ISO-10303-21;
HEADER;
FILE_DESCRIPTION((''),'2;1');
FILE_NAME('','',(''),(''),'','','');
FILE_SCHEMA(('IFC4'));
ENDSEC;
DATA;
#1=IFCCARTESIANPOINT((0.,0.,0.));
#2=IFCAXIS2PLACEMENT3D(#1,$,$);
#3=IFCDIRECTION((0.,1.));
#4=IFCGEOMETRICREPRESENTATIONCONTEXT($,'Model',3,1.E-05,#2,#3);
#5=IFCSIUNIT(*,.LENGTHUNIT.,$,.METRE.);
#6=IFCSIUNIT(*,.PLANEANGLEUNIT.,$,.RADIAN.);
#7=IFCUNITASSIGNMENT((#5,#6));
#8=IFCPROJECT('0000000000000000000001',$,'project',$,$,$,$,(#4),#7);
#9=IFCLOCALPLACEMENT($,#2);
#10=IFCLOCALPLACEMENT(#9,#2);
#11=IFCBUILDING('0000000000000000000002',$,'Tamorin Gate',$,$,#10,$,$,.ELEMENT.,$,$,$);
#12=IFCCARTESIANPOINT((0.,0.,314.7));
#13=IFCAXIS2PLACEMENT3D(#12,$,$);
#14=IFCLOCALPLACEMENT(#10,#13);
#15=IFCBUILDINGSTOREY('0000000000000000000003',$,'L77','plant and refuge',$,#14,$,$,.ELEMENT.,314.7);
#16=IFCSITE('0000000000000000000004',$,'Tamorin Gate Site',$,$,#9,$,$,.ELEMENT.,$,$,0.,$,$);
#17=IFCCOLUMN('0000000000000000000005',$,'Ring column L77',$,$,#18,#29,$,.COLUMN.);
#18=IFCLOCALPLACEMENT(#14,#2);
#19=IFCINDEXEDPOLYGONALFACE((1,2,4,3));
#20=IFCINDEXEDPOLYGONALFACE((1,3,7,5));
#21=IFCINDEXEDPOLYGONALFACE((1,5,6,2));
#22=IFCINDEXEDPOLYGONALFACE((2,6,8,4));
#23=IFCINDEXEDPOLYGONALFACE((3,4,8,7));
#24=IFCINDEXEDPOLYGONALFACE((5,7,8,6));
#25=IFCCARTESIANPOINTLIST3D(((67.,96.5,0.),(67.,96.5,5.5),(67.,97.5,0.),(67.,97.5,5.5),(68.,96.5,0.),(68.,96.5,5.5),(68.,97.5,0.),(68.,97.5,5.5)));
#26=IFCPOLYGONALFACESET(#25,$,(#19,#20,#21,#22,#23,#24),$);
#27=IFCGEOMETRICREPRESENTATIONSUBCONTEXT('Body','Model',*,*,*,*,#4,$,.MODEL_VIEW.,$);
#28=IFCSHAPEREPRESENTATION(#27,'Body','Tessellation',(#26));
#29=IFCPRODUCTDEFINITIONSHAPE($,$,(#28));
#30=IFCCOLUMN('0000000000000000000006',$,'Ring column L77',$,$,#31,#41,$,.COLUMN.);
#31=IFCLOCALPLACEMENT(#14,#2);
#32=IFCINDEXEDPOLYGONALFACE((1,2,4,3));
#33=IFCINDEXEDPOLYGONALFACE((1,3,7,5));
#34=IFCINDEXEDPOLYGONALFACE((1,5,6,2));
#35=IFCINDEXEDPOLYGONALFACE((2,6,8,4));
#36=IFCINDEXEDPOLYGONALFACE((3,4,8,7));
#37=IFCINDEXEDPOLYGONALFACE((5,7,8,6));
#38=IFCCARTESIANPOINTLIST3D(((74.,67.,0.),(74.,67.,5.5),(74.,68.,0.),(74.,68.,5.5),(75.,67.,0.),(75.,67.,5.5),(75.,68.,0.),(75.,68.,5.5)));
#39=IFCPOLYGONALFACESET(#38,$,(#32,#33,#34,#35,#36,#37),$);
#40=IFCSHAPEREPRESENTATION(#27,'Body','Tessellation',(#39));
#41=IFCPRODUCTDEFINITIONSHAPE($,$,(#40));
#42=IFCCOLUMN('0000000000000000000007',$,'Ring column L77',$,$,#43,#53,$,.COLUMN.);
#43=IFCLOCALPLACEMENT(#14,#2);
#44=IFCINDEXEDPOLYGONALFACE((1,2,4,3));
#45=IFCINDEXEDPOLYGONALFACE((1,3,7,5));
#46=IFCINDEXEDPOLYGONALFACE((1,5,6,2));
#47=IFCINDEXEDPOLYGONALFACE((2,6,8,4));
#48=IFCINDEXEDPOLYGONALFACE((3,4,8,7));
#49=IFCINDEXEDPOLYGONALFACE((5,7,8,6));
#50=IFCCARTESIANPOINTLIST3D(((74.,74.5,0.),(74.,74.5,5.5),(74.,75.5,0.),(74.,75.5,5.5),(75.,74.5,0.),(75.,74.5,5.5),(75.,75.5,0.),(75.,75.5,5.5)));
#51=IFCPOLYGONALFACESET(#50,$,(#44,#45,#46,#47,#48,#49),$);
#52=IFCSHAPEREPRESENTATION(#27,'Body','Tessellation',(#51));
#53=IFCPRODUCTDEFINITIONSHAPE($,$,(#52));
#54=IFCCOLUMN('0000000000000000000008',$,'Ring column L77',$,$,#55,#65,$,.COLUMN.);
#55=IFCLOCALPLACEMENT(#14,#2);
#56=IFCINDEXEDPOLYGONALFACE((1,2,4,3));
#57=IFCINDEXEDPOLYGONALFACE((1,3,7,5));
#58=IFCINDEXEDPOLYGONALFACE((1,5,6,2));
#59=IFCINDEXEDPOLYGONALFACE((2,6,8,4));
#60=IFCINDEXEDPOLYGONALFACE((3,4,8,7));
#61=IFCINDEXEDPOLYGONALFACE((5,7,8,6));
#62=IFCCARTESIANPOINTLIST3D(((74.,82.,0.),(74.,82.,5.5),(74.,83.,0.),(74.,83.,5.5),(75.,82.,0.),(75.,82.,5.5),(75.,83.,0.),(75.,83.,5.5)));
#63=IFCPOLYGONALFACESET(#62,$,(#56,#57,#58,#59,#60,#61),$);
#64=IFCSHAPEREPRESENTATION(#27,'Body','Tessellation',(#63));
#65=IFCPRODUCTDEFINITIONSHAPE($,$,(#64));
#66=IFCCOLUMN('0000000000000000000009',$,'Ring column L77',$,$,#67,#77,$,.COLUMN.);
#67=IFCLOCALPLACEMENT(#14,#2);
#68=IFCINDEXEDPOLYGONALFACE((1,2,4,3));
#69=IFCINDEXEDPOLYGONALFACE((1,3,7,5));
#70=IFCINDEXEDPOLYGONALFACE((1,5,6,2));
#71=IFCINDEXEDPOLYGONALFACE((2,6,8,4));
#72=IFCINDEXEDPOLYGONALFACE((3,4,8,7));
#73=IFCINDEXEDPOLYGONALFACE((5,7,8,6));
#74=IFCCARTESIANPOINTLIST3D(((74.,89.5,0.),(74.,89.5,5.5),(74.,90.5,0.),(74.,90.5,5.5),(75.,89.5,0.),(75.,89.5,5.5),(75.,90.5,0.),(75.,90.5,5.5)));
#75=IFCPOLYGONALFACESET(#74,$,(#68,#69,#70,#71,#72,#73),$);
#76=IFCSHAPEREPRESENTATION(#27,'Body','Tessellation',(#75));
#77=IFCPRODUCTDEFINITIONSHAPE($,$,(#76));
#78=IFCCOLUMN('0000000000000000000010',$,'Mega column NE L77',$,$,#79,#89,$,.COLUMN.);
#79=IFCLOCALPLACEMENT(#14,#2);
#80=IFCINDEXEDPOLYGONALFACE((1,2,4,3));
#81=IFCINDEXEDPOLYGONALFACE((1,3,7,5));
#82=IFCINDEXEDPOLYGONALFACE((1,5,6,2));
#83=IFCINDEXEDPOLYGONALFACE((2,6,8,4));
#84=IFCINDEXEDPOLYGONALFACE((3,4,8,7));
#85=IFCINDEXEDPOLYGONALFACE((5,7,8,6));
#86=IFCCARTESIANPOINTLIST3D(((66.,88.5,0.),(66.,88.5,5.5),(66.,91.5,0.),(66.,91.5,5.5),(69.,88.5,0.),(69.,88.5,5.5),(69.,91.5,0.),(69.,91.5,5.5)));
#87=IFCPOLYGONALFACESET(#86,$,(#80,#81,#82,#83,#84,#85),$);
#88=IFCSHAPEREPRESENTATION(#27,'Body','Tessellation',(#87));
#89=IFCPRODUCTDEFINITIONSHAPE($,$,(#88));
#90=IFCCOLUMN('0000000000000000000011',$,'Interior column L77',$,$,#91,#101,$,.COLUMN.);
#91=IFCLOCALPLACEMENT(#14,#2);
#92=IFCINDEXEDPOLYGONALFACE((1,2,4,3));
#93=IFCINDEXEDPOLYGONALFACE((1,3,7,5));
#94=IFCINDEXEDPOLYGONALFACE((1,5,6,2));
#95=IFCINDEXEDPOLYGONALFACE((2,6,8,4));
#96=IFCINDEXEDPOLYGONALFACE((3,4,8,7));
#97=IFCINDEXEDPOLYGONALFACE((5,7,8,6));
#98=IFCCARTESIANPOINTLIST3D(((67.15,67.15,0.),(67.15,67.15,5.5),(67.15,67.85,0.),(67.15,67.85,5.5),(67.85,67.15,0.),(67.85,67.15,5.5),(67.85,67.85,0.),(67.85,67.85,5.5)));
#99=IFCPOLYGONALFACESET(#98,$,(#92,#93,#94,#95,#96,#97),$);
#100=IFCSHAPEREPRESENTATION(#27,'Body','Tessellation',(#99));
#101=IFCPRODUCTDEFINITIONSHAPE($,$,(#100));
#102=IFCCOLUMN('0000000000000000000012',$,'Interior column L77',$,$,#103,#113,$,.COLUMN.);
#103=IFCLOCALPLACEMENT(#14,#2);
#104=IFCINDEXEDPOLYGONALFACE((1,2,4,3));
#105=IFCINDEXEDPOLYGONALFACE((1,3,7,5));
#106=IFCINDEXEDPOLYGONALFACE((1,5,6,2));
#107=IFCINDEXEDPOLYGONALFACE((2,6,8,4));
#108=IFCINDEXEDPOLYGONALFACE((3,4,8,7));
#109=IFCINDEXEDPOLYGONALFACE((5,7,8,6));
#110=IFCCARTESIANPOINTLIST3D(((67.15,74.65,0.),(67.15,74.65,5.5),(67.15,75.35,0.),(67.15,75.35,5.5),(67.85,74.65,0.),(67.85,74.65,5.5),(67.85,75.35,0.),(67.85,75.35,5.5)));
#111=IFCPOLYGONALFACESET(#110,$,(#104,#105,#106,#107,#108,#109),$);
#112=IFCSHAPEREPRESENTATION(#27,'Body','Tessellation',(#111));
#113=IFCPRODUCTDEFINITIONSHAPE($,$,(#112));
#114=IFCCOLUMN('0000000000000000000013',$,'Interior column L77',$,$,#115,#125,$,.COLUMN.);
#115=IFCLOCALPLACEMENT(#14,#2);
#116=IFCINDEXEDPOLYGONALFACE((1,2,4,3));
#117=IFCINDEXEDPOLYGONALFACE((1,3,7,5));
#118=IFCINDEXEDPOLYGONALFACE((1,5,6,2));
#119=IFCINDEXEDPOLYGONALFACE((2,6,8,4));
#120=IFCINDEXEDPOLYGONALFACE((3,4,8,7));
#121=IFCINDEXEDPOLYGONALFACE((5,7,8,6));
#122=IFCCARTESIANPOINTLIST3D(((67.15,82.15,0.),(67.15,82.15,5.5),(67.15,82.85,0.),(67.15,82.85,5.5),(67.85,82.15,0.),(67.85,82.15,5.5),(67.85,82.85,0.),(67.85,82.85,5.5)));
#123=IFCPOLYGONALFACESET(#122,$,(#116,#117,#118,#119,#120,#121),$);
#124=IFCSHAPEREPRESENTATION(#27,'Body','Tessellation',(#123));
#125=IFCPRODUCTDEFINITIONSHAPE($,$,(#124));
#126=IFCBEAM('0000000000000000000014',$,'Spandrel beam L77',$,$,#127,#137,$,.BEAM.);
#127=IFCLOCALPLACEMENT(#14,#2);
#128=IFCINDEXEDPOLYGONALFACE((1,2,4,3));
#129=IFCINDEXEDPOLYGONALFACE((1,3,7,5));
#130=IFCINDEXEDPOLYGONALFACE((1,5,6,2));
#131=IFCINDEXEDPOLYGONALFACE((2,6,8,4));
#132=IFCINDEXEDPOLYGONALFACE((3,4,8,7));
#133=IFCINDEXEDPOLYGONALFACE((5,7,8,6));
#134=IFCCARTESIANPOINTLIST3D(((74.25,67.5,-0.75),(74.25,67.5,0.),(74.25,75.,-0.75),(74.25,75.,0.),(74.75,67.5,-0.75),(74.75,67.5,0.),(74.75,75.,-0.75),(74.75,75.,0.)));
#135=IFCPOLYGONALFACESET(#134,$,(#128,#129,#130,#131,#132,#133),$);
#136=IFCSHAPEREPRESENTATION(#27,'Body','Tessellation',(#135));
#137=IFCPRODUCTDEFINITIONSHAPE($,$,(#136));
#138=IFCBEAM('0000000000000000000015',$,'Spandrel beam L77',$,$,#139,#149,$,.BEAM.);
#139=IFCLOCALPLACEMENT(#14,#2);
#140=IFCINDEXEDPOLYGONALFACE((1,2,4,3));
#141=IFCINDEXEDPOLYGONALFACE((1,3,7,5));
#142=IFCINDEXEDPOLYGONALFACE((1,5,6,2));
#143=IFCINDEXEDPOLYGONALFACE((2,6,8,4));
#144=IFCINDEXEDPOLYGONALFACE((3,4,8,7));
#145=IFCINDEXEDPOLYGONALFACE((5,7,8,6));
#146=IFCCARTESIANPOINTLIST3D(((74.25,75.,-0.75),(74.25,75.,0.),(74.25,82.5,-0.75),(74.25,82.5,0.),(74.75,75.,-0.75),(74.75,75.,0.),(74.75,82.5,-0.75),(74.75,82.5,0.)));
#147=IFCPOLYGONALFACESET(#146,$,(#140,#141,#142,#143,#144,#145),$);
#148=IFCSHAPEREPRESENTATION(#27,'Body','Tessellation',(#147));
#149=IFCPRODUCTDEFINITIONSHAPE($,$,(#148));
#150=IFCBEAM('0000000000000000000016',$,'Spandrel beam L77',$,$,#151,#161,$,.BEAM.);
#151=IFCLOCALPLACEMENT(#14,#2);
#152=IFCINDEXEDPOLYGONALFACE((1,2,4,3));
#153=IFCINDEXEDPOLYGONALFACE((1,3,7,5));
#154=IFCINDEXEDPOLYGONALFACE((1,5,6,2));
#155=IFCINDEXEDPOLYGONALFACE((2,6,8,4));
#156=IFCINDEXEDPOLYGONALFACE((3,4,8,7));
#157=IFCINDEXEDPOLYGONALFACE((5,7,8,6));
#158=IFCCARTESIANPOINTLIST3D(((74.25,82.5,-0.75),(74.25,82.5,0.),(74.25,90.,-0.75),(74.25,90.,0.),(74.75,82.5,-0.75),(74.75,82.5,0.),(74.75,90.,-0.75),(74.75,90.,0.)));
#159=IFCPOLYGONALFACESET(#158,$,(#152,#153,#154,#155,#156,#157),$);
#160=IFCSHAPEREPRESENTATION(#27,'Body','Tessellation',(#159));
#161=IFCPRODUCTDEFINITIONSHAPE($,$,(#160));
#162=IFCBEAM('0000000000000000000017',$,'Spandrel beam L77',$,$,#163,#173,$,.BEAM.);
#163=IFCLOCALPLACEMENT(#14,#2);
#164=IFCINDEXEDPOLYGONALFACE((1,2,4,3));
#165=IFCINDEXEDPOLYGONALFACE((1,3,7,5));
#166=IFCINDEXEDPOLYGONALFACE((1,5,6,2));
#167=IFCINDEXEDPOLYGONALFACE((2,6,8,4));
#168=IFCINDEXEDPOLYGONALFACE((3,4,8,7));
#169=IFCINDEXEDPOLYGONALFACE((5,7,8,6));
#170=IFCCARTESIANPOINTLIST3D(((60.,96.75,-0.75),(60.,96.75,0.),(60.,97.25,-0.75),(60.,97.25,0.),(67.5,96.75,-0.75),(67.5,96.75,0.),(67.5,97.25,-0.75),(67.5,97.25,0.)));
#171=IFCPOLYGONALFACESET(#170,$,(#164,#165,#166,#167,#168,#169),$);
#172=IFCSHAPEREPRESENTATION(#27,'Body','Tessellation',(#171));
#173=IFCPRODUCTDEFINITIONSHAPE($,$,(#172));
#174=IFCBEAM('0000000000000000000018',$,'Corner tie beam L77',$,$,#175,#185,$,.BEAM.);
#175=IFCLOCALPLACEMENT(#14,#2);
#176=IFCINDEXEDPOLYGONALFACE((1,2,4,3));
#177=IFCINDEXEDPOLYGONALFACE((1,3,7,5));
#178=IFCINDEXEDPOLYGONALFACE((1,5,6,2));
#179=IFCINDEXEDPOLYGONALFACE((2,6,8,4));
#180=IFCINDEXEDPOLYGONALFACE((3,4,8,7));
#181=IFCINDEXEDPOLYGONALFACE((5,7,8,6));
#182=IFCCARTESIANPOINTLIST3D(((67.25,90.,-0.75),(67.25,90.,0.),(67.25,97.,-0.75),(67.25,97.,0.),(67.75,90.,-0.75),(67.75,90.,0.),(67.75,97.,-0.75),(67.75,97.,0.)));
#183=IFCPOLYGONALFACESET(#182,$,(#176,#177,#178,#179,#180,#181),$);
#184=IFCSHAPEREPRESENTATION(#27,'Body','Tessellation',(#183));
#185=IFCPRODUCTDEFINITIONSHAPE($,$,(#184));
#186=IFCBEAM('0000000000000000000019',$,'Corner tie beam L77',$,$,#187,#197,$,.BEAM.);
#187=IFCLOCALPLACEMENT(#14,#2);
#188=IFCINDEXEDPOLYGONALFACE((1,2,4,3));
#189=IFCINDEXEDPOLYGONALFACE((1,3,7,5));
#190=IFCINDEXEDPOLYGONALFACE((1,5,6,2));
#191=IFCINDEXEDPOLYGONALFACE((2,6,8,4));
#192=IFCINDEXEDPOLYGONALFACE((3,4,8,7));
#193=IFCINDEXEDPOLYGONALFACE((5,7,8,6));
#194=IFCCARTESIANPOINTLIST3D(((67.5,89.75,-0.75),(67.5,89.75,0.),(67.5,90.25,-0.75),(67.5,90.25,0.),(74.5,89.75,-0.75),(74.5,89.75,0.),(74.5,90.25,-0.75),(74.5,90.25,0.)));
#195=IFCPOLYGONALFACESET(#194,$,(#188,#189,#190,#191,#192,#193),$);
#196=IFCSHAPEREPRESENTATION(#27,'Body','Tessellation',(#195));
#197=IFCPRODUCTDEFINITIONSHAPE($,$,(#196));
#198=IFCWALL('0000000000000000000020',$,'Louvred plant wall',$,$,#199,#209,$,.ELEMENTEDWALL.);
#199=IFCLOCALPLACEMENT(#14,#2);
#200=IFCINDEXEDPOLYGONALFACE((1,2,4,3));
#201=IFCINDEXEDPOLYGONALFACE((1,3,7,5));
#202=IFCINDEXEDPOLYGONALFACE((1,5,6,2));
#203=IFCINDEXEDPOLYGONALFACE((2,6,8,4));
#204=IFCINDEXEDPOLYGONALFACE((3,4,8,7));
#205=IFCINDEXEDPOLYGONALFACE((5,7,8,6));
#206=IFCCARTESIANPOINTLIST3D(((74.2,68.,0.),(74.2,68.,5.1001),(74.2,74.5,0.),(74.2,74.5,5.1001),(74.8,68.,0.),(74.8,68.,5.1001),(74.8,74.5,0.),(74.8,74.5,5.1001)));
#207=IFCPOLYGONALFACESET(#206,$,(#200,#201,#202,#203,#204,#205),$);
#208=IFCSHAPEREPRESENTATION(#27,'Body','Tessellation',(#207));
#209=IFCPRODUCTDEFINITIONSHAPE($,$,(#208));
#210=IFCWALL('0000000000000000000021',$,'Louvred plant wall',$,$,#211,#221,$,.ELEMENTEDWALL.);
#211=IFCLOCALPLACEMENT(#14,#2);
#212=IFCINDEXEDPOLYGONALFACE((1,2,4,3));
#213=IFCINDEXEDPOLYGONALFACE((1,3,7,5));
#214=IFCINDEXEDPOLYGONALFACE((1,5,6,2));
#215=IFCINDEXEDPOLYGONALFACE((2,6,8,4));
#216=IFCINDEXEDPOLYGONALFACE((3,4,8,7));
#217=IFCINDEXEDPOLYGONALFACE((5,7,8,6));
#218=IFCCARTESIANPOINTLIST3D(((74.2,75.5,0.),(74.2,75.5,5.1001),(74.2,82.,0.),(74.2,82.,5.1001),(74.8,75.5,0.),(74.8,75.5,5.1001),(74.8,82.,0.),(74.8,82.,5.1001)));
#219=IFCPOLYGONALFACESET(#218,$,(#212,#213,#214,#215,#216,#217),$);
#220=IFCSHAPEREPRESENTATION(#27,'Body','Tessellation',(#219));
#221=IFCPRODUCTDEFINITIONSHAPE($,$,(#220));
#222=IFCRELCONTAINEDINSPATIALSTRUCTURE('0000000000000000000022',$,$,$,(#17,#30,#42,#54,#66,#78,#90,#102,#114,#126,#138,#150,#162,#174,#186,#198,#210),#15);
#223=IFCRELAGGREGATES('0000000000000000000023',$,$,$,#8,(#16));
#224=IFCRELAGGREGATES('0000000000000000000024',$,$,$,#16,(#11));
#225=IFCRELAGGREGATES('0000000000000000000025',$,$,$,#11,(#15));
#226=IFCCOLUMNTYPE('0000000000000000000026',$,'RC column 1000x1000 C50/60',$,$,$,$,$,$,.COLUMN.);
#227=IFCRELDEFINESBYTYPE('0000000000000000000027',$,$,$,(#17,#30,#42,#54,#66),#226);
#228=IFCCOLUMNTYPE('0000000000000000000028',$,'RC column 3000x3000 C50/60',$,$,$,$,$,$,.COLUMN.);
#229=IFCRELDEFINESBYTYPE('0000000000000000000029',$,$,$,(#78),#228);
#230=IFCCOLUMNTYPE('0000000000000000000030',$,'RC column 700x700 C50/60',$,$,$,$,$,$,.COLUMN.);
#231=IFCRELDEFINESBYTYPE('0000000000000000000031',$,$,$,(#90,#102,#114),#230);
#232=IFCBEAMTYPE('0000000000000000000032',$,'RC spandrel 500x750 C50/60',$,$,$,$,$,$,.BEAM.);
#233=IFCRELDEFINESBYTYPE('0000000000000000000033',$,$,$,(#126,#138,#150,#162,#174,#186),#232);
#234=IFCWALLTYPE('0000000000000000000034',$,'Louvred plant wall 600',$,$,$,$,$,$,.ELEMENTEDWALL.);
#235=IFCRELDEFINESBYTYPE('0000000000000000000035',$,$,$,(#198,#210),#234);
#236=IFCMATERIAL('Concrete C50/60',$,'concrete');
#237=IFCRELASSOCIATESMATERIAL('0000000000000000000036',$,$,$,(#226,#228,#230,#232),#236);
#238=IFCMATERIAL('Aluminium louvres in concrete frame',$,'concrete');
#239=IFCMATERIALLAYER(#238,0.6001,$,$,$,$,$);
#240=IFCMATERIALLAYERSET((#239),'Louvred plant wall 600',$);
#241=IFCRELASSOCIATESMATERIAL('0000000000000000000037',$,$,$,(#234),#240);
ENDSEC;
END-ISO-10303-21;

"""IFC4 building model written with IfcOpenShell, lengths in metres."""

from ifc_helpers import new_model, si_unit, direction, frame, frame_2d, origin, origin_2d, place, context, subcontext, project, spatial, rectangle, extrude, material, layer, layer_set, material_profile, profile_set, type_object, element, save


model = new_model("IFC4")

# Units and contexts
model_context = context("Model", 3, precision=1e-05, world=origin(), true_north=direction((0.0, 1.0)))
body_context = subcontext(model_context, "Body", "Model", "MODEL_VIEW")
ifc_project = project(units=[si_unit("LENGTHUNIT", "METRE"), si_unit("PLANEANGLEUNIT", "RADIAN")], contexts=[model_context])

# Site, building, storey
site_placement = place(None, origin())
site = spatial("IfcSite", under=ifc_project, at=site_placement, Name="Tamorin Gate Site", CompositionType="ELEMENT", RefElevation=0.0)
building_placement = place(site_placement, origin())
building = spatial("IfcBuilding", under=site, at=building_placement, Name="Tamorin Gate", CompositionType="ELEMENT")
storey_placement = place(building_placement, frame((0.0, 0.0, 314.7)))
storey = spatial("IfcBuildingStorey", under=building, at=storey_placement, Name="L77", Description="plant and refuge", CompositionType="ELEMENT", Elevation=314.7)

# Columns
ifc_material_1 = material(Name="Concrete C50/60", Category="concrete")
ifc_material_profile_1 = material_profile(ifc_material_1, rectangle(XDim=1.0, YDim=1.0, at=origin_2d()), Name="RC 1000x1000")
ifc_profile_set_1 = profile_set([ifc_material_profile_1], Name="Concrete C50/60")
column_type_1 = type_object("IfcColumnType", Name="RC column 1000x1000 C50/60", PredefinedType="COLUMN", material=ifc_profile_set_1)
for number, where, z_axis, x_axis, name in (
    (1, (67.5, 97.0, 0.0), (0.0, 0.0, 1.0), (1.0, 0.0, 0.0), "Ring column L77"),
    (2, (74.5, 67.5, 0.0), (0.0, 0.0, 1.0), (1.0, 0.0, 0.0), "Ring column L77"),
    (3, (74.5, 75.0, 0.0), (0.0, 0.0, 1.0), (1.0, 0.0, 0.0), "Ring column L77"),
    (4, (74.5, 82.5, 0.0), (0.0, 0.0, 1.0), (1.0, 0.0, 0.0), "Ring column L77"),
    (5, (74.5, 90.0, 0.0), (0.0, 0.0, 1.0), (1.0, 0.0, 0.0), "Ring column L77"),
):
    element("IfcColumn", number, at=place(storey_placement, frame(where, z_axis=z_axis, x_axis=x_axis)), inside=storey, type_object=column_type_1, Name=name, PredefinedType="COLUMN", context=body_context, shape_type="SweptSolid", body=[
        extrude(rectangle(XDim=1.0, YDim=1.0, at=origin_2d()), origin(), (0.0, 0.0, 1.0), 5.5),
    ])
ifc_material_profile_2 = material_profile(ifc_material_1, rectangle(XDim=3.0, YDim=3.0, at=origin_2d()), Name="RC 3000x3000")
ifc_profile_set_2 = profile_set([ifc_material_profile_2], Name="Concrete C50/60")
column_type_2 = type_object("IfcColumnType", Name="RC column 3000x3000 C50/60", PredefinedType="COLUMN", material=ifc_profile_set_2)
column_placement = place(storey_placement, frame((67.5, 90.0, 0.0), z_axis=(0.0, 0.0, 1.0), x_axis=(1.0, 0.0, 0.0)))
element("IfcColumn", 6, at=column_placement, inside=storey, type_object=column_type_2, Name="Mega column NE L77", PredefinedType="COLUMN", context=body_context, shape_type="SweptSolid", body=[
    extrude(rectangle(XDim=3.0, YDim=3.0, at=origin_2d()), origin(), (0.0, 0.0, 1.0), 5.5),
])
ifc_material_profile_3 = material_profile(ifc_material_1, rectangle(XDim=0.7, YDim=0.7, at=origin_2d()), Name="RC 700x700")
ifc_profile_set_3 = profile_set([ifc_material_profile_3], Name="Concrete C50/60")
column_type_3 = type_object("IfcColumnType", Name="RC column 700x700 C50/60", PredefinedType="COLUMN", material=ifc_profile_set_3)
for number, where, z_axis, x_axis, name in (
    (7, (67.5, 67.5, 0.0), (0.0, 0.0, 1.0), (1.0, 0.0, 0.0), "Interior column L77"),
    (8, (67.5, 75.0, 0.0), (0.0, 0.0, 1.0), (1.0, 0.0, 0.0), "Interior column L77"),
    (9, (67.5, 82.5, 0.0), (0.0, 0.0, 1.0), (1.0, 0.0, 0.0), "Interior column L77"),
):
    element("IfcColumn", number, at=place(storey_placement, frame(where, z_axis=z_axis, x_axis=x_axis)), inside=storey, type_object=column_type_3, Name=name, PredefinedType="COLUMN", context=body_context, shape_type="SweptSolid", body=[
        extrude(rectangle(XDim=0.7, YDim=0.7, at=origin_2d()), origin(), (0.0, 0.0, 1.0), 5.5),
    ])

# Beams
ifc_material_profile_4 = material_profile(ifc_material_1, rectangle(XDim=0.5, YDim=0.75, at=origin_2d()), Name="RC 500x750")
ifc_profile_set_4 = profile_set([ifc_material_profile_4], Name="Concrete C50/60")
beam_type = type_object("IfcBeamType", Name="RC spandrel 500x750 C50/60", PredefinedType="BEAM", material=ifc_profile_set_4)
for number, where, z_axis, x_axis, name in (
    (10, (74.5, 67.5, -0.375), (0.0, 1.0, 0.0), (-1.0, 0.0, 0.0), "Spandrel beam L77"),
    (11, (74.5, 75.0, -0.375), (0.0, 1.0, 0.0), (-1.0, 0.0, 0.0), "Spandrel beam L77"),
    (12, (74.5, 82.5, -0.375), (0.0, 1.0, 0.0), (-1.0, 0.0, 0.0), "Spandrel beam L77"),
    (13, (67.5, 97.0, -0.375), (-1.0, 0.0, 0.0), (0.0, -1.0, 0.0), "Spandrel beam L77"),
):
    element("IfcBeam", number, at=place(storey_placement, frame(where, z_axis=z_axis, x_axis=x_axis)), inside=storey, type_object=beam_type, Name=name, PredefinedType="BEAM", context=body_context, shape_type="SweptSolid", body=[
        extrude(rectangle(XDim=0.5, YDim=0.75, at=origin_2d()), origin(), (0.0, 0.0, 1.0), 7.5),
    ])
for number, where, z_axis, x_axis, name in (
    (14, (67.5, 90.0, -0.375), (0.0, 1.0, 0.0), (-1.0, 0.0, 0.0), "Corner tie beam L77"),
    (15, (67.5, 90.0, -0.375), (1.0, 0.0, 0.0), (0.0, 1.0, 0.0), "Corner tie beam L77"),
):
    element("IfcBeam", number, at=place(storey_placement, frame(where, z_axis=z_axis, x_axis=x_axis)), inside=storey, type_object=beam_type, Name=name, PredefinedType="BEAM", context=body_context, shape_type="SweptSolid", body=[
        extrude(rectangle(XDim=0.5, YDim=0.75, at=origin_2d()), origin(), (0.0, 0.0, 1.0), 7.0),
    ])

# Walls
ifc_material_2 = material(Name="Aluminium louvres in concrete frame", Category="concrete")
ifc_layer = layer(ifc_material_2, 0.6001)
ifc_layer_set = layer_set([ifc_layer], Name="Louvred plant wall 600")
wall_type = type_object("IfcWallType", Name="Louvred plant wall 600", PredefinedType="ELEMENTEDWALL", material=ifc_layer_set)
for number, where, z_axis, x_axis, name in (
    (16, (74.5, 68.0, 0.0), (0.0, 0.0, 1.0), (0.0, 1.0, 0.0), "Louvred plant wall"),
    (17, (74.5, 75.5, 0.0), (0.0, 0.0, 1.0), (0.0, 1.0, 0.0), "Louvred plant wall"),
):
    element("IfcWall", number, at=place(storey_placement, frame(where, z_axis=z_axis, x_axis=x_axis)), inside=storey, type_object=wall_type, Name=name, PredefinedType="ELEMENTEDWALL", context=body_context, shape_type="SweptSolid", body=[
        extrude(rectangle(XDim=6.5, YDim=0.6001, at=frame_2d((3.25, 0.0))), origin(), (0.0, 0.0, 1.0), 5.1001),
    ])

save(model, "model.ifc")
